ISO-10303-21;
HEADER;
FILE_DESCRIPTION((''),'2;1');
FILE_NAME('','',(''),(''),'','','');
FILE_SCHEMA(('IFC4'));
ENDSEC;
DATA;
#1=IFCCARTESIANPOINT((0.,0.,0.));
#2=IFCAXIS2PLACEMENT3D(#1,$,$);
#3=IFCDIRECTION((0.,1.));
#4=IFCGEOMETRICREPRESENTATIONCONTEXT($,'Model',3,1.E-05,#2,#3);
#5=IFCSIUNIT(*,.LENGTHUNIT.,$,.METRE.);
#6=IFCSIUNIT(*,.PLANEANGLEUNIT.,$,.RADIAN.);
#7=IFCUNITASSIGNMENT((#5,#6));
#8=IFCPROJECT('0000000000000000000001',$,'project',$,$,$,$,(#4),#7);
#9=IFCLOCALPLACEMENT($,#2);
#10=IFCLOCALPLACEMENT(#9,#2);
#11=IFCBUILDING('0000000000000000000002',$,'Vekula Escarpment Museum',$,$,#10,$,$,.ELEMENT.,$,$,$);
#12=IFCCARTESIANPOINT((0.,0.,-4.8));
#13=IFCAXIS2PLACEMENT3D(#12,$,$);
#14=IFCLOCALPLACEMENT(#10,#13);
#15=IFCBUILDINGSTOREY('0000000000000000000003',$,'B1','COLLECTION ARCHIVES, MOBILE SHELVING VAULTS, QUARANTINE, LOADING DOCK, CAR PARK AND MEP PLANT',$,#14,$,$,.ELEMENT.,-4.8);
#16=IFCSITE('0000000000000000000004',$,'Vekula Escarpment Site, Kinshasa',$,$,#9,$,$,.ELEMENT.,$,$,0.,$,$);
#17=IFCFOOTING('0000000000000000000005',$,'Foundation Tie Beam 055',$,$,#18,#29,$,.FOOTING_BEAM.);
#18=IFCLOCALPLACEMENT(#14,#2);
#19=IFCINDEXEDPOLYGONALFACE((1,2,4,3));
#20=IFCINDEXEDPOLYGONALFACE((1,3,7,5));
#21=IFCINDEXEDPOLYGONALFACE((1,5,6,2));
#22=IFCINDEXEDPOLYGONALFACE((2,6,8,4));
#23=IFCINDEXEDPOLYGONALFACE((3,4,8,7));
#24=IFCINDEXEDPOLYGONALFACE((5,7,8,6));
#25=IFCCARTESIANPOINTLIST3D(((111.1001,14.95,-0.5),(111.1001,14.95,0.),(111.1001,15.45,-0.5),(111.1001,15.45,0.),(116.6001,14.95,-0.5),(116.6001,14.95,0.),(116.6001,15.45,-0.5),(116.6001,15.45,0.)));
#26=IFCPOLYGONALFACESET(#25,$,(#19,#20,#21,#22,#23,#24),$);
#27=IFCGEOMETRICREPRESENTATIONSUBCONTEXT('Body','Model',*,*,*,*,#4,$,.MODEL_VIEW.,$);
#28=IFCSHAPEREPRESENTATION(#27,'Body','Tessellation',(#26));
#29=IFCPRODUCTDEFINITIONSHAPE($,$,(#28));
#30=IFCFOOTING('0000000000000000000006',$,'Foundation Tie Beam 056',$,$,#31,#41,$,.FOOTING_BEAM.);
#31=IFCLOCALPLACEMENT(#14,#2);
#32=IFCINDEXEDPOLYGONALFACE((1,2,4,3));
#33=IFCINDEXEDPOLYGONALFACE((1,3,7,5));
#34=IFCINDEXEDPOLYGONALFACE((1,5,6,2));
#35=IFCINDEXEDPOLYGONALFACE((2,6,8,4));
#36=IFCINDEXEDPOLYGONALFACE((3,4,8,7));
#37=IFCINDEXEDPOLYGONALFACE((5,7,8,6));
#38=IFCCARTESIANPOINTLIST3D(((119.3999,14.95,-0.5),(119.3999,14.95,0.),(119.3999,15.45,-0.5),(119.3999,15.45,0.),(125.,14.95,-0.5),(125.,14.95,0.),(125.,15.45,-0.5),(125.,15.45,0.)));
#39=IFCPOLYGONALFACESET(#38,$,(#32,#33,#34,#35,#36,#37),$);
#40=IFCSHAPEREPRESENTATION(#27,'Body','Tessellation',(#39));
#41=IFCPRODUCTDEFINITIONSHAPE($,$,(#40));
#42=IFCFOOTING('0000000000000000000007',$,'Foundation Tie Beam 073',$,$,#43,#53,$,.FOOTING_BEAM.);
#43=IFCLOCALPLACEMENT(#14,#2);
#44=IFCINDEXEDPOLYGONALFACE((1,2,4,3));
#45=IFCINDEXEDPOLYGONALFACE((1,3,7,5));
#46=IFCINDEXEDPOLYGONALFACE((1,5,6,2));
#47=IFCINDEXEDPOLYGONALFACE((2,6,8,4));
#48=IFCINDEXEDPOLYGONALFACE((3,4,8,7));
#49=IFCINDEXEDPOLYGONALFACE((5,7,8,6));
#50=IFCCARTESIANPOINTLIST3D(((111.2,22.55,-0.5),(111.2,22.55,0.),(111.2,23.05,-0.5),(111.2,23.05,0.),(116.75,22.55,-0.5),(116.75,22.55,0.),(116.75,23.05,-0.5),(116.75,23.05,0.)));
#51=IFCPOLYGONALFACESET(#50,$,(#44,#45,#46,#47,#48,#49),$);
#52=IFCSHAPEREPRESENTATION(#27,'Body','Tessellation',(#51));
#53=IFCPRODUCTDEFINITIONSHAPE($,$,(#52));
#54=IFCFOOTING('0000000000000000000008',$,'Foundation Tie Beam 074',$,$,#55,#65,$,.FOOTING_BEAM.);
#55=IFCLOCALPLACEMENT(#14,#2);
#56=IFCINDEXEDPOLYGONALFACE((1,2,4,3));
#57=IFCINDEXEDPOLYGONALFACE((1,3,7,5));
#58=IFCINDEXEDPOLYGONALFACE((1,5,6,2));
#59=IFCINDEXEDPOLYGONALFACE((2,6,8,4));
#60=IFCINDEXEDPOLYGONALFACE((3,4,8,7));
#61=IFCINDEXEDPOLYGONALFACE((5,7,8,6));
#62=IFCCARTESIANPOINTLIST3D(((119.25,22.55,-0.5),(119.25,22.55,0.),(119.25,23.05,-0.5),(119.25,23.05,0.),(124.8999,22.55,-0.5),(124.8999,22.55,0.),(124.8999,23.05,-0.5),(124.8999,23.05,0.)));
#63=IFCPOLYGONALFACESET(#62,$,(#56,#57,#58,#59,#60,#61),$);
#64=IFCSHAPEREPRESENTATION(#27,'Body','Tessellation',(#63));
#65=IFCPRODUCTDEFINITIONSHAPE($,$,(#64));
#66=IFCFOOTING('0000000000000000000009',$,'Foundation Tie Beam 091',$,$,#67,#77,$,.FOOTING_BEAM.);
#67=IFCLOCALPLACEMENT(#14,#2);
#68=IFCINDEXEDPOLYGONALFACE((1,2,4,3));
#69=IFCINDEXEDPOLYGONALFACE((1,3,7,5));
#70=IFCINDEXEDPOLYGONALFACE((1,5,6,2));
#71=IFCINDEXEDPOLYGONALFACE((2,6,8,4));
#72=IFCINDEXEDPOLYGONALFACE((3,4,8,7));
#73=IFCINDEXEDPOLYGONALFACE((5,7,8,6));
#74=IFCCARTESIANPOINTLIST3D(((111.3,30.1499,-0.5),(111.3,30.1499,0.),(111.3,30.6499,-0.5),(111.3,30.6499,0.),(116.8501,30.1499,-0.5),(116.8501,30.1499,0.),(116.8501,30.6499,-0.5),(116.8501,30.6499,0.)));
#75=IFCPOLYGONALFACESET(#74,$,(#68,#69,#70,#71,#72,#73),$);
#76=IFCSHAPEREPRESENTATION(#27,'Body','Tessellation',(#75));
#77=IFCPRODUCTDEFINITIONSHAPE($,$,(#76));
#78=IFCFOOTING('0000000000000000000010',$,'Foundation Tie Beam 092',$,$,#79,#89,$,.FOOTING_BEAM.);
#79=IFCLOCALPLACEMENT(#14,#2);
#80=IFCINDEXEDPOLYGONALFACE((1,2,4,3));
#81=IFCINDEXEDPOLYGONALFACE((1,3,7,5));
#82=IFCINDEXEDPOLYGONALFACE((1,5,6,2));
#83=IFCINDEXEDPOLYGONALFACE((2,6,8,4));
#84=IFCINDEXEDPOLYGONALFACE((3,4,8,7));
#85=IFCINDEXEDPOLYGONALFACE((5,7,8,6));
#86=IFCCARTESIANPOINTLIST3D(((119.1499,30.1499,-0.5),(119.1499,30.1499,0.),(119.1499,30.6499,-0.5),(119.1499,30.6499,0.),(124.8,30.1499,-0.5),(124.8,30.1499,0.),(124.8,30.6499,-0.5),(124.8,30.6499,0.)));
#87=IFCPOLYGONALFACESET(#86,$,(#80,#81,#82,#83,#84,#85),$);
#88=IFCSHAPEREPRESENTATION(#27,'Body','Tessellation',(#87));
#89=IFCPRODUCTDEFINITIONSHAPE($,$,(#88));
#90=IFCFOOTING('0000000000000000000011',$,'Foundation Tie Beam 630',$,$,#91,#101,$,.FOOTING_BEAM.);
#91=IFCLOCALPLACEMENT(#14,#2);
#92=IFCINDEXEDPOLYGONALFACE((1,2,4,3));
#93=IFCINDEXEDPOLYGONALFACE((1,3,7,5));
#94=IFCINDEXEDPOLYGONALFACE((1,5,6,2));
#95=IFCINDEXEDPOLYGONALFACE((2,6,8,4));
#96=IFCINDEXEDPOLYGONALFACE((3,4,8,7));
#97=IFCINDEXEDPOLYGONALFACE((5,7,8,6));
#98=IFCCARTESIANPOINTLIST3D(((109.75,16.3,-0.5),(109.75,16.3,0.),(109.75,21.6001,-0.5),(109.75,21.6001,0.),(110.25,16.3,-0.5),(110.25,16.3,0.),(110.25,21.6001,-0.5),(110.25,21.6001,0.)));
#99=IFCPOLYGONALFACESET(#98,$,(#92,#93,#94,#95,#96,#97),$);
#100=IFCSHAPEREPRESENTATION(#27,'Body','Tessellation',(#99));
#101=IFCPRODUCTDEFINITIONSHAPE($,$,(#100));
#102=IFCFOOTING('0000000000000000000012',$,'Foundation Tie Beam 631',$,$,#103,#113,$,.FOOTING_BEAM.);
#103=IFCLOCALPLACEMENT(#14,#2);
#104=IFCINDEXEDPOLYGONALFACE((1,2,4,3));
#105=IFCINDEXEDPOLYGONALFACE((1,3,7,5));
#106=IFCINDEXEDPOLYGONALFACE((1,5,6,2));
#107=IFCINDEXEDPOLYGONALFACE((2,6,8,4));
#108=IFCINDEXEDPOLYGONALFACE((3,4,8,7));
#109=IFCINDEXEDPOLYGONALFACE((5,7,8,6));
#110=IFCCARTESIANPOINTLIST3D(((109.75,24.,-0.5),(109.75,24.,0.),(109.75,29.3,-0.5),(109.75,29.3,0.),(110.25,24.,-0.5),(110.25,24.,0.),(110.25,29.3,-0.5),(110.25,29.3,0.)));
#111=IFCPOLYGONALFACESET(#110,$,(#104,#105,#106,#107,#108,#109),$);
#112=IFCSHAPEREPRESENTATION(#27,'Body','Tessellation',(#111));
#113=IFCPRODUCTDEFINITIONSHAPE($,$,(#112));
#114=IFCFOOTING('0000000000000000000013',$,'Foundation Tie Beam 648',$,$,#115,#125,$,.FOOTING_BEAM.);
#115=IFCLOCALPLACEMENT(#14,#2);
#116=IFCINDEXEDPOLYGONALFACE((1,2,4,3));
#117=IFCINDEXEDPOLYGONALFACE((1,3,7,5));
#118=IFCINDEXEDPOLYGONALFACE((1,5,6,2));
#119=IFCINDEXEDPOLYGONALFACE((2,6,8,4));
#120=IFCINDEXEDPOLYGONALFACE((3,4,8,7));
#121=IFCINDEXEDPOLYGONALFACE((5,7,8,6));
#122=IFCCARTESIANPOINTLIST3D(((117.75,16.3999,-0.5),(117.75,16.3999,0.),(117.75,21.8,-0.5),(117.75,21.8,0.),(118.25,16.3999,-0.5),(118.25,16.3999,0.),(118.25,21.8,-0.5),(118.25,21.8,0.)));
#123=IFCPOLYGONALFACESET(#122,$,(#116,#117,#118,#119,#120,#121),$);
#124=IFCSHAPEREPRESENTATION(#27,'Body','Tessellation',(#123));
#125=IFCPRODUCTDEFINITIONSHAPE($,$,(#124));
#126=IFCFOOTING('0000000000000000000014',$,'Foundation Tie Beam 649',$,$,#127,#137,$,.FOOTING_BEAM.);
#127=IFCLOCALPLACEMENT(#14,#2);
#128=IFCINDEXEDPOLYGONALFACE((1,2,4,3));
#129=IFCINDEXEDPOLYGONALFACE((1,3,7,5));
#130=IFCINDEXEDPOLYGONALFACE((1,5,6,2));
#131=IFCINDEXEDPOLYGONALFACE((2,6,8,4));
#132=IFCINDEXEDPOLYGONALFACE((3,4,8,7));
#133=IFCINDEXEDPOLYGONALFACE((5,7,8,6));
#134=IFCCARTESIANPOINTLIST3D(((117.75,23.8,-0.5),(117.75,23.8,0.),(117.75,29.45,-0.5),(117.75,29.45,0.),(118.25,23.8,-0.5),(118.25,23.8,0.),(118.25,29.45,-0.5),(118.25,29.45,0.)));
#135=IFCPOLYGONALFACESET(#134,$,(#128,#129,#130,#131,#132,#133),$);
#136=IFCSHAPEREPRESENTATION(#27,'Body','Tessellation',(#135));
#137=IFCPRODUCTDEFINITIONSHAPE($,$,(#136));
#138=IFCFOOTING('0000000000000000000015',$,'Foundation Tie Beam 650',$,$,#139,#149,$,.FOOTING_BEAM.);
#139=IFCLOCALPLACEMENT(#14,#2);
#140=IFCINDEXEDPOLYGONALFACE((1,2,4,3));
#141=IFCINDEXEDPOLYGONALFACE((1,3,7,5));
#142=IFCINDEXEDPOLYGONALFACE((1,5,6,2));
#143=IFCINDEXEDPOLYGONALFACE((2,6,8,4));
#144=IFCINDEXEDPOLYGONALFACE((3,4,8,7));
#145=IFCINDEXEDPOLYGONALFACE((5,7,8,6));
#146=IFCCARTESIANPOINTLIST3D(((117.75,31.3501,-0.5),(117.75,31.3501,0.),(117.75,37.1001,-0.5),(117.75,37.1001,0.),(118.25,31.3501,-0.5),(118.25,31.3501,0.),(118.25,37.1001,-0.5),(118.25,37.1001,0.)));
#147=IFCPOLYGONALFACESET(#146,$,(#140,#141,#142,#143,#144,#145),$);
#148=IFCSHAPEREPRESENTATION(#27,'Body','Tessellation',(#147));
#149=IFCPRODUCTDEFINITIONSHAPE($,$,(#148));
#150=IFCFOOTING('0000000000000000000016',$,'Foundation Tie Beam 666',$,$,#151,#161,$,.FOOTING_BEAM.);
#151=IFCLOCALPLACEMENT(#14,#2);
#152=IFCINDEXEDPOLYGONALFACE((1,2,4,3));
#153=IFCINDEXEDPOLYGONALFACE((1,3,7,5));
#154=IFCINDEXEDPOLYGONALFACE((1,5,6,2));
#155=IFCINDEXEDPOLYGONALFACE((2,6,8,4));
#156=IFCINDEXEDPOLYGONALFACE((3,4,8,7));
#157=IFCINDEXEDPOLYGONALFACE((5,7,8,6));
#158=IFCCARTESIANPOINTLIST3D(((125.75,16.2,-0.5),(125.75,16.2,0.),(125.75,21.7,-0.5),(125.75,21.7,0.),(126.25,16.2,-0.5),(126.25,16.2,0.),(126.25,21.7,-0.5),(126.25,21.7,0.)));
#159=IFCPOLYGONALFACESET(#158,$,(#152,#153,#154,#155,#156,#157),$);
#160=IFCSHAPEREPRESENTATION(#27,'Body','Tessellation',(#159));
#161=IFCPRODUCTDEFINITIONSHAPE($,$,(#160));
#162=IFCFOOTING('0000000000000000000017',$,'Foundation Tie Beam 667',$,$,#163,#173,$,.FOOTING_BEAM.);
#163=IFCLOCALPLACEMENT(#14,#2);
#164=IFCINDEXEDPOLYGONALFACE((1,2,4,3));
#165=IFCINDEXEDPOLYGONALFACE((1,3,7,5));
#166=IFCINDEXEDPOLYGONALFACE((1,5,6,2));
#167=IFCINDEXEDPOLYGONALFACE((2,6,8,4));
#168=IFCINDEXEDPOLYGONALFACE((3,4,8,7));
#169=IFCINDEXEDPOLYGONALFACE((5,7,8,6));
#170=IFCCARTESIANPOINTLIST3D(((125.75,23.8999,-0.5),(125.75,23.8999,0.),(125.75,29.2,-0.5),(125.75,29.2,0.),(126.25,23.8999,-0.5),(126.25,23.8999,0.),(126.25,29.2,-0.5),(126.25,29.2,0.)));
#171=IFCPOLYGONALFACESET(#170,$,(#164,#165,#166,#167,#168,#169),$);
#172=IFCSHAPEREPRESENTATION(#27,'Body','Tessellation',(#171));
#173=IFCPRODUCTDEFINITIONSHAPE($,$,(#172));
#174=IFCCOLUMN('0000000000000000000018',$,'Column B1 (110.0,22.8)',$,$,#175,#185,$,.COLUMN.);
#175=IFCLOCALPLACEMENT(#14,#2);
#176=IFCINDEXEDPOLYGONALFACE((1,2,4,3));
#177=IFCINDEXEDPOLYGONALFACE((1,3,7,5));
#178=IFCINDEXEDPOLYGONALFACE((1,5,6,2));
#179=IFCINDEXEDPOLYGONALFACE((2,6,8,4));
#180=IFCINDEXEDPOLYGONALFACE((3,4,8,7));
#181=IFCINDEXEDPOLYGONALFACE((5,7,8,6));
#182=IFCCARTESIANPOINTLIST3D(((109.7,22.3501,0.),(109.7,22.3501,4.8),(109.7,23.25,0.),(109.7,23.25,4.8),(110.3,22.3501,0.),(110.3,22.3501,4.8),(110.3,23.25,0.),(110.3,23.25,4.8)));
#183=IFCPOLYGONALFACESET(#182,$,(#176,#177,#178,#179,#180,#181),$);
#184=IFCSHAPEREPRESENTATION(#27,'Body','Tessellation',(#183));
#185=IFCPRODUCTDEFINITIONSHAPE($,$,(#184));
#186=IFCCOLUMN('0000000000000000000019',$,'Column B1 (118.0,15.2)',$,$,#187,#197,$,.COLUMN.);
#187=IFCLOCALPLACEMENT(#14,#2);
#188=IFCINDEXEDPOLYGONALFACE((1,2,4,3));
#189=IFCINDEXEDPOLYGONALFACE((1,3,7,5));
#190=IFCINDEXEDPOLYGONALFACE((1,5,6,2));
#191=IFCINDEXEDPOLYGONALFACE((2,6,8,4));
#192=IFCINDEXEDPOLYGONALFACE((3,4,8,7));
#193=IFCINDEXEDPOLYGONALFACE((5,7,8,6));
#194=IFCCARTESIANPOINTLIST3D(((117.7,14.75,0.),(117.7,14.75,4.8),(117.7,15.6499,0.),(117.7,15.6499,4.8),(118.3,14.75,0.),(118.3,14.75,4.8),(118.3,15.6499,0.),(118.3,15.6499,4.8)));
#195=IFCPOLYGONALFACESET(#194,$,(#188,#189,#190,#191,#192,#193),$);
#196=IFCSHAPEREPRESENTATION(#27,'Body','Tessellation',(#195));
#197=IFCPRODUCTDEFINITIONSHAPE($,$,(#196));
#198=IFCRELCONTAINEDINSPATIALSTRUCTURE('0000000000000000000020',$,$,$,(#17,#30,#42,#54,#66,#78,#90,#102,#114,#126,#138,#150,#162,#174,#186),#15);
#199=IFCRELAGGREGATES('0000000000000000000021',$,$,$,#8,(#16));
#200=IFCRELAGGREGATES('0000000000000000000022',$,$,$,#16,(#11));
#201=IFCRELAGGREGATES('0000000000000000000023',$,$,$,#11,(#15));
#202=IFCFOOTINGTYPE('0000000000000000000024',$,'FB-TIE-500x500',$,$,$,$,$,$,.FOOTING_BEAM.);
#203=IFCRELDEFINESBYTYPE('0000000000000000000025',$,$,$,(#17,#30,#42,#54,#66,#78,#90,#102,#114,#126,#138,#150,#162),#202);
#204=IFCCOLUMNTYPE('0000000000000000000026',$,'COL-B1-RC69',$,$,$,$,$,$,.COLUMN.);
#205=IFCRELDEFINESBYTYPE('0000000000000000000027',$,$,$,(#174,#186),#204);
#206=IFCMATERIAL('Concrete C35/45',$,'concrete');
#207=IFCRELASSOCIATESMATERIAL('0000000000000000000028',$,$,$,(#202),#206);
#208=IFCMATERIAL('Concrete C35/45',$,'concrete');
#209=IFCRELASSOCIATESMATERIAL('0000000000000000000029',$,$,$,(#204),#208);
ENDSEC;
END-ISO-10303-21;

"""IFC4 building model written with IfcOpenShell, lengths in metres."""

from ifc_helpers import new_model, si_unit, direction, frame, origin, origin_2d, place, context, subcontext, project, spatial, rectangle, extrude, material, material_profile, profile_set, type_object, element, save


model = new_model("IFC4")

# Units and contexts
model_context = context("Model", 3, precision=1e-05, world=origin(), true_north=direction((0.0, 1.0)))
body_context = subcontext(model_context, "Body", "Model", "MODEL_VIEW")
ifc_project = project(units=[si_unit("LENGTHUNIT", "METRE"), si_unit("PLANEANGLEUNIT", "RADIAN")], contexts=[model_context])

# Site, building, storey
site_placement = place(None, origin())
site = spatial("IfcSite", under=ifc_project, at=site_placement, Name="Vekula Escarpment Site, Kinshasa", CompositionType="ELEMENT", RefElevation=0.0)
building_placement = place(site_placement, origin())
building = spatial("IfcBuilding", under=site, at=building_placement, Name="Vekula Escarpment Museum", CompositionType="ELEMENT")
storey_placement = place(building_placement, frame((0.0, 0.0, -4.8)))
storey = spatial("IfcBuildingStorey", under=building, at=storey_placement, Name="B1", Description="COLLECTION ARCHIVES, MOBILE SHELVING VAULTS, QUARANTINE, LOADING DOCK, CAR PARK AND MEP PLANT", CompositionType="ELEMENT", Elevation=-4.8)

# Footings
ifc_material_1 = material(Name="Concrete C35/45", Category="concrete")
ifc_material_profile_1 = material_profile(ifc_material_1, rectangle(XDim=0.5, YDim=0.5, at=origin_2d()), Name="RC 500x500")
ifc_profile_set_1 = profile_set([ifc_material_profile_1], Name="Concrete C35/45")
footing_type = type_object("IfcFootingType", Name="FB-TIE-500x500", PredefinedType="FOOTING_BEAM", material=ifc_profile_set_1)
footing_1_placement = place(storey_placement, frame((111.1001, 15.2, -0.25), z_axis=(1.0, 0.0, 0.0), x_axis=(0.0, 1.0, 0.0)))
element("IfcFooting", 1, at=footing_1_placement, inside=storey, type_object=footing_type, Name="Foundation Tie Beam 055", PredefinedType="FOOTING_BEAM", context=body_context, shape_type="SweptSolid", body=[
    extrude(rectangle(XDim=0.5, YDim=0.5, at=origin_2d()), origin(), (0.0, 0.0, 1.0), 5.5),
])
footing_2_placement = place(storey_placement, frame((119.3999, 15.2, -0.25), z_axis=(1.0, 0.0, 0.0), x_axis=(0.0, 1.0, 0.0)))
element("IfcFooting", 2, at=footing_2_placement, inside=storey, type_object=footing_type, Name="Foundation Tie Beam 056", PredefinedType="FOOTING_BEAM", context=body_context, shape_type="SweptSolid", body=[
    extrude(rectangle(XDim=0.5, YDim=0.5, at=origin_2d()), origin(), (0.0, 0.0, 1.0), 5.6001),
])
footing_3_placement = place(storey_placement, frame((111.2, 22.8, -0.25), z_axis=(1.0, 0.0, 0.0), x_axis=(0.0, 1.0, 0.0)))
element("IfcFooting", 3, at=footing_3_placement, inside=storey, type_object=footing_type, Name="Foundation Tie Beam 073", PredefinedType="FOOTING_BEAM", context=body_context, shape_type="SweptSolid", body=[
    extrude(rectangle(XDim=0.5, YDim=0.5, at=origin_2d()), origin(), (0.0, 0.0, 1.0), 5.55),
])
footing_4_placement = place(storey_placement, frame((119.25, 22.8, -0.25), z_axis=(1.0, 0.0, 0.0), x_axis=(0.0, 1.0, 0.0)))
element("IfcFooting", 4, at=footing_4_placement, inside=storey, type_object=footing_type, Name="Foundation Tie Beam 074", PredefinedType="FOOTING_BEAM", context=body_context, shape_type="SweptSolid", body=[
    extrude(rectangle(XDim=0.5, YDim=0.5, at=origin_2d()), origin(), (0.0, 0.0, 1.0), 5.6499),
])
footing_5_placement = place(storey_placement, frame((111.3, 30.3999, -0.25), z_axis=(1.0, 0.0, 0.0), x_axis=(0.0, 1.0, 0.0)))
element("IfcFooting", 5, at=footing_5_placement, inside=storey, type_object=footing_type, Name="Foundation Tie Beam 091", PredefinedType="FOOTING_BEAM", context=body_context, shape_type="SweptSolid", body=[
    extrude(rectangle(XDim=0.5, YDim=0.5, at=origin_2d()), origin(), (0.0, 0.0, 1.0), 5.55),
])
footing_6_placement = place(storey_placement, frame((119.1499, 30.3999, -0.25), z_axis=(1.0, 0.0, 0.0), x_axis=(0.0, 1.0, 0.0)))
element("IfcFooting", 6, at=footing_6_placement, inside=storey, type_object=footing_type, Name="Foundation Tie Beam 092", PredefinedType="FOOTING_BEAM", context=body_context, shape_type="SweptSolid", body=[
    extrude(rectangle(XDim=0.5, YDim=0.5, at=origin_2d()), origin(), (0.0, 0.0, 1.0), 5.6501),
])
for number, where, z_axis, x_axis, name in (
    (7, (110.0, 16.3, -0.25), (0.0, 1.0, 0.0), (-1.0, 0.0, 0.0), "Foundation Tie Beam 630"),
    (8, (110.0, 24.0, -0.25), (0.0, 1.0, 0.0), (-1.0, 0.0, 0.0), "Foundation Tie Beam 631"),
):
    element("IfcFooting", number, at=place(storey_placement, frame(where, z_axis=z_axis, x_axis=x_axis)), inside=storey, type_object=footing_type, Name=name, PredefinedType="FOOTING_BEAM", context=body_context, shape_type="SweptSolid", body=[
        extrude(rectangle(XDim=0.5, YDim=0.5, at=origin_2d()), origin(), (0.0, 0.0, 1.0), 5.3),
    ])
footing_7_placement = place(storey_placement, frame((118.0, 16.3999, -0.25), z_axis=(0.0, 1.0, 0.0), x_axis=(-1.0, 0.0, 0.0)))
element("IfcFooting", 9, at=footing_7_placement, inside=storey, type_object=footing_type, Name="Foundation Tie Beam 648", PredefinedType="FOOTING_BEAM", context=body_context, shape_type="SweptSolid", body=[
    extrude(rectangle(XDim=0.5, YDim=0.5, at=origin_2d()), origin(), (0.0, 0.0, 1.0), 5.4001),
])
footing_8_placement = place(storey_placement, frame((118.0, 23.8, -0.25), z_axis=(0.0, 1.0, 0.0), x_axis=(-1.0, 0.0, 0.0)))
element("IfcFooting", 10, at=footing_8_placement, inside=storey, type_object=footing_type, Name="Foundation Tie Beam 649", PredefinedType="FOOTING_BEAM", context=body_context, shape_type="SweptSolid", body=[
    extrude(rectangle(XDim=0.5, YDim=0.5, at=origin_2d()), origin(), (0.0, 0.0, 1.0), 5.6499),
])
footing_9_placement = place(storey_placement, frame((118.0, 31.3501, -0.25), z_axis=(0.0, 1.0, 0.0), x_axis=(-1.0, 0.0, 0.0)))
element("IfcFooting", 11, at=footing_9_placement, inside=storey, type_object=footing_type, Name="Foundation Tie Beam 650", PredefinedType="FOOTING_BEAM", context=body_context, shape_type="SweptSolid", body=[
    extrude(rectangle(XDim=0.5, YDim=0.5, at=origin_2d()), origin(), (0.0, 0.0, 1.0), 5.75),
])
footing_10_placement = place(storey_placement, frame((126.0, 16.2, -0.25), z_axis=(0.0, 1.0, 0.0), x_axis=(-1.0, 0.0, 0.0)))
element("IfcFooting", 12, at=footing_10_placement, inside=storey, type_object=footing_type, Name="Foundation Tie Beam 666", PredefinedType="FOOTING_BEAM", context=body_context, shape_type="SweptSolid", body=[
    extrude(rectangle(XDim=0.5, YDim=0.5, at=origin_2d()), origin(), (0.0, 0.0, 1.0), 5.5),
])
footing_11_placement = place(storey_placement, frame((126.0, 23.8999, -0.25), z_axis=(0.0, 1.0, 0.0), x_axis=(-1.0, 0.0, 0.0)))
element("IfcFooting", 13, at=footing_11_placement, inside=storey, type_object=footing_type, Name="Foundation Tie Beam 667", PredefinedType="FOOTING_BEAM", context=body_context, shape_type="SweptSolid", body=[
    extrude(rectangle(XDim=0.5, YDim=0.5, at=origin_2d()), origin(), (0.0, 0.0, 1.0), 5.3),
])

# Columns
ifc_material_2 = material(Name="Concrete C35/45", Category="concrete")
ifc_material_profile_2 = material_profile(ifc_material_2, rectangle(XDim=0.6001, YDim=0.8999, at=origin_2d()), Name="RC 600x900")
ifc_profile_set_2 = profile_set([ifc_material_profile_2], Name="Concrete C35/45")
column_type_1 = type_object("IfcColumnType", Name="COL-B1-RC69", PredefinedType="COLUMN", material=ifc_profile_set_2)
for number, where, z_axis, x_axis, name in (
    (14, (110.0, 22.8, 0.0), (0.0, 0.0, 1.0), (1.0, 0.0, 0.0), "Column B1 (110.0,22.8)"),
    (15, (118.0, 15.2, 0.0), (0.0, 0.0, 1.0), (1.0, 0.0, 0.0), "Column B1 (118.0,15.2)"),
):
    element("IfcColumn", number, at=place(storey_placement, frame(where, z_axis=z_axis, x_axis=x_axis)), inside=storey, type_object=column_type_1, Name=name, PredefinedType="COLUMN", context=body_context, shape_type="SweptSolid", body=[
        extrude(rectangle(XDim=0.6001, YDim=0.8999, at=origin_2d()), origin(), (0.0, 0.0, 1.0), 4.8),
    ])

save(model, "model.ifc")
